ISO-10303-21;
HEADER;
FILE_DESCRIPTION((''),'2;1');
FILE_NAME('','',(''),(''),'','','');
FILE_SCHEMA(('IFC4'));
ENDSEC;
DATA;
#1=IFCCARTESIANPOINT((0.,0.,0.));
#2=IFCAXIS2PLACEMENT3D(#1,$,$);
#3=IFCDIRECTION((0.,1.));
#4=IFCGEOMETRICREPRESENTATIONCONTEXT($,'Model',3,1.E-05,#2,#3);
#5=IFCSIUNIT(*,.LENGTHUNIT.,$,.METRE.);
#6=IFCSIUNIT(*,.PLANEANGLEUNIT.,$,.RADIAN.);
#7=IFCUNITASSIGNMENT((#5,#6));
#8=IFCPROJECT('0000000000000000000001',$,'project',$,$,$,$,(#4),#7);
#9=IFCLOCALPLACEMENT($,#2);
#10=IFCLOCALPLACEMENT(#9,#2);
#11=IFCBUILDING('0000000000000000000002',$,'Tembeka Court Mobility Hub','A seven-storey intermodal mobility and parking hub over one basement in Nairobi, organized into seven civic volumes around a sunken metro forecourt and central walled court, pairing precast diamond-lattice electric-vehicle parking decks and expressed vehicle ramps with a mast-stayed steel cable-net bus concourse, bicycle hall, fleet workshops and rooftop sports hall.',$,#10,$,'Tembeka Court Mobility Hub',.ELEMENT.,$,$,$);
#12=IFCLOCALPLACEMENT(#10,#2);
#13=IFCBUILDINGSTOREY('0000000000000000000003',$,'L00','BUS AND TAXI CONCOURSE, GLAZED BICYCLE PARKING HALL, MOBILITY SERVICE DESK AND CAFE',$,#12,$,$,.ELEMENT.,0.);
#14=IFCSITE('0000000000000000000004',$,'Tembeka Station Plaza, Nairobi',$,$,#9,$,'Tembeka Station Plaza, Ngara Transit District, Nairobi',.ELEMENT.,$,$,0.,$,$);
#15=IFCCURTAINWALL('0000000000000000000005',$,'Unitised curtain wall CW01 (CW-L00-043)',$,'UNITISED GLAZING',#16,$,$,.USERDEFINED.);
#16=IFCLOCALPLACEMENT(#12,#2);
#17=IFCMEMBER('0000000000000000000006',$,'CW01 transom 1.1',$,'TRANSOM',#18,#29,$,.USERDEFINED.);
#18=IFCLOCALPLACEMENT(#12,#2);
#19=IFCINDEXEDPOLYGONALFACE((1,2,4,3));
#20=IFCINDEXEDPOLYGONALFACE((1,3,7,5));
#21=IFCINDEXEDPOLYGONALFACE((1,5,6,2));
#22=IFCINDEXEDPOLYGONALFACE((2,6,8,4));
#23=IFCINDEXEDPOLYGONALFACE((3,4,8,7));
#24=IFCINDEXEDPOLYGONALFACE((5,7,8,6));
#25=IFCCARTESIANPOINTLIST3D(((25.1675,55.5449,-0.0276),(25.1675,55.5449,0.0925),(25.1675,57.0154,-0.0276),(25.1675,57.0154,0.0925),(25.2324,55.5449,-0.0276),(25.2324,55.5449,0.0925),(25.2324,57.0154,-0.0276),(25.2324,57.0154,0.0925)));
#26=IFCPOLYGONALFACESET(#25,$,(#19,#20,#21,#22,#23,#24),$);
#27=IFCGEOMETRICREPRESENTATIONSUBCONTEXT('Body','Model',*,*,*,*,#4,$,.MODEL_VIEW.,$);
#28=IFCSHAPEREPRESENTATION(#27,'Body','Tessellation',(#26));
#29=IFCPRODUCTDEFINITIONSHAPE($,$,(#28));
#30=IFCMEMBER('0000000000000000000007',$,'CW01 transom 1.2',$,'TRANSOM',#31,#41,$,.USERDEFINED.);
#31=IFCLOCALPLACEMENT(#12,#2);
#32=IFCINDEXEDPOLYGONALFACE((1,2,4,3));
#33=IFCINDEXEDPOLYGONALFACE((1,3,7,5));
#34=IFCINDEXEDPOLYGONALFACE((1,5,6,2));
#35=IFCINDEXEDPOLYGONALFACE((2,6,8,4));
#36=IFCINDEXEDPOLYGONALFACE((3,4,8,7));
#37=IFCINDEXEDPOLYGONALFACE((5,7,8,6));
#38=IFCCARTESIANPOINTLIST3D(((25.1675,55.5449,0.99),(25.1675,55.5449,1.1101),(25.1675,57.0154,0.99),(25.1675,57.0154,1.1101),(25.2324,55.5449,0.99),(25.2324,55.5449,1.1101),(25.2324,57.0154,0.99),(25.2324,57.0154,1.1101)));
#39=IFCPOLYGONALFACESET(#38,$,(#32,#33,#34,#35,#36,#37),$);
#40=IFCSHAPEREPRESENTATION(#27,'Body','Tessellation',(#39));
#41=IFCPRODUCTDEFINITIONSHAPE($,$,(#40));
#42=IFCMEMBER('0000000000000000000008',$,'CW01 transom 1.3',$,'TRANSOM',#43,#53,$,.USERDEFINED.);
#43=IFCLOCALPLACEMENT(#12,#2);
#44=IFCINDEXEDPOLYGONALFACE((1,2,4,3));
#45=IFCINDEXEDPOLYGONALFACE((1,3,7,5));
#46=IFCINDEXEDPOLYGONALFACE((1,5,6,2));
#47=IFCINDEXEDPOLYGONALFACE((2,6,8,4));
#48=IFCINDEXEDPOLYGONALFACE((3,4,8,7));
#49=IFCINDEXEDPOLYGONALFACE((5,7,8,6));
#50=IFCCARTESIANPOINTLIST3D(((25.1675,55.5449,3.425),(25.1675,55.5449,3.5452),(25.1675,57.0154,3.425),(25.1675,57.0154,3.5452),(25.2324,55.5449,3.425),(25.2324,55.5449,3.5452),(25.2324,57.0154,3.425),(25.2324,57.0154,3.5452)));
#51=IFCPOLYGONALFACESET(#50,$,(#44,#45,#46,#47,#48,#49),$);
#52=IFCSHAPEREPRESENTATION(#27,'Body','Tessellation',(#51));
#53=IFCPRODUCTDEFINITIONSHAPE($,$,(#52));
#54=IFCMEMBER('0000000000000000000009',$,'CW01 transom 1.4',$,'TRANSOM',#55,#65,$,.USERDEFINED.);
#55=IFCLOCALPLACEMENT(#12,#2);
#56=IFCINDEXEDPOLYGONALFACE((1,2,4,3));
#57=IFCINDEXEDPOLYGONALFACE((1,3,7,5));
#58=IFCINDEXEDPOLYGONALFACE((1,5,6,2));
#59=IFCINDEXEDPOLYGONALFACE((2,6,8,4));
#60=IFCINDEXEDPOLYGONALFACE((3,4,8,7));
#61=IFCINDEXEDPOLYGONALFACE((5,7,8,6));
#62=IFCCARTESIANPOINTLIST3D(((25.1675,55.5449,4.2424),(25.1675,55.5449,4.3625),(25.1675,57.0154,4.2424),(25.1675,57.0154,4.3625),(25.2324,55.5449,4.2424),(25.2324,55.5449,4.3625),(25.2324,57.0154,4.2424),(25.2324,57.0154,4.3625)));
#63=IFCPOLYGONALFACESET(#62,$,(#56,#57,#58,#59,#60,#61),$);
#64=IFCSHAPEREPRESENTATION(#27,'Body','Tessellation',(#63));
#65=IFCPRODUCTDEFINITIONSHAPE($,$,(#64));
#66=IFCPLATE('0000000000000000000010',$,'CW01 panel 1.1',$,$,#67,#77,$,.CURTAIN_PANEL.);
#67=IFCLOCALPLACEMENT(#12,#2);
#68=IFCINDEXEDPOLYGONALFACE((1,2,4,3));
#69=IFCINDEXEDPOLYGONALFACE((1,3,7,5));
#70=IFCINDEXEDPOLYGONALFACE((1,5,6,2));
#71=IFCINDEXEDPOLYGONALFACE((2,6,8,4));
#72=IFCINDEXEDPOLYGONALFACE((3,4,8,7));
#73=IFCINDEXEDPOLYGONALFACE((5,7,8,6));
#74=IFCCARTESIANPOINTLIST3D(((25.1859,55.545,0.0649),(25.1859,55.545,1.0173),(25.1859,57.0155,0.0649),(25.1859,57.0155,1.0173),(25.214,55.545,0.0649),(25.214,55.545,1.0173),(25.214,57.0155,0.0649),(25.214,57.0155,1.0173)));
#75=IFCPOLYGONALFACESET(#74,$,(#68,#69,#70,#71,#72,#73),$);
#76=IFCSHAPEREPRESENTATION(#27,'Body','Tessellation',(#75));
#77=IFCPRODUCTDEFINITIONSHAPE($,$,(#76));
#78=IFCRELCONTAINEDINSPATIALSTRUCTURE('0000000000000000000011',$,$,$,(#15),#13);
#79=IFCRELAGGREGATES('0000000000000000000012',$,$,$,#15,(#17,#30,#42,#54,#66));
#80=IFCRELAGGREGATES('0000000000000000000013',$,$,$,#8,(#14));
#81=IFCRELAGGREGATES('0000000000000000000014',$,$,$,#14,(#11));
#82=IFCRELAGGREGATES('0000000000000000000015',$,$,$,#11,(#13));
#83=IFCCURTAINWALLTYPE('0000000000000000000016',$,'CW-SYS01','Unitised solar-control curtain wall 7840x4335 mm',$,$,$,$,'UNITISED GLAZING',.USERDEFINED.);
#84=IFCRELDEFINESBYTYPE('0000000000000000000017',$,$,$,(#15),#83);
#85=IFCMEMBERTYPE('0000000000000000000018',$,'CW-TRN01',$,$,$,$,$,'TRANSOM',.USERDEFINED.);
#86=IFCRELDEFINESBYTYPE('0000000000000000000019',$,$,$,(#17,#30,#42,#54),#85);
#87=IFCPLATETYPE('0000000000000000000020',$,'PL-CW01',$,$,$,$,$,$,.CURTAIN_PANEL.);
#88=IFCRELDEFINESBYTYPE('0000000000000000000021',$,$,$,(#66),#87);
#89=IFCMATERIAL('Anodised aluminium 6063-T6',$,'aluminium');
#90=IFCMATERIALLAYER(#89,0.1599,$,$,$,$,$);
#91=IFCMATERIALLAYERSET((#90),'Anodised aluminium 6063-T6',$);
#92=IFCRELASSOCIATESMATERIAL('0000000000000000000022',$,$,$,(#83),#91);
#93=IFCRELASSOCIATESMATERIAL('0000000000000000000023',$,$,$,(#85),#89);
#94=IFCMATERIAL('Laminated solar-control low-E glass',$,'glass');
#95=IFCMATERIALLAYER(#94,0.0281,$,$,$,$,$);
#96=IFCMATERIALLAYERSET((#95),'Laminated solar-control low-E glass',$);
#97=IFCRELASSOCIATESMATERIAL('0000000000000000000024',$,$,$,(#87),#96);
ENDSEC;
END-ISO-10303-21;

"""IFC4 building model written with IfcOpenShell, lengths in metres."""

from ifc_helpers import new_model, si_unit, direction, frame, origin, origin_2d, place, context, subcontext, project, spatial, rectangle, extrude, material, layer, layer_set, material_profile, profile_set, type_object, element, aggregate, save


model = new_model("IFC4")

# Units and contexts
model_context = context("Model", 3, precision=1e-05, world=origin(), true_north=direction((0.0, 1.0)))
body_context = subcontext(model_context, "Body", "Model", "MODEL_VIEW")
ifc_project = project(units=[si_unit("LENGTHUNIT", "METRE"), si_unit("PLANEANGLEUNIT", "RADIAN")], contexts=[model_context])

# Site, building, storey
site_placement = place(None, origin())
site = spatial("IfcSite", under=ifc_project, at=site_placement, Name="Tembeka Station Plaza, Nairobi", LongName="Tembeka Station Plaza, Ngara Transit District, Nairobi", CompositionType="ELEMENT", RefElevation=0.0)
building_placement = place(site_placement, origin())
building = spatial("IfcBuilding", under=site, at=building_placement, Name="Tembeka Court Mobility Hub", Description="A seven-storey intermodal mobility and parking hub over one basement in Nairobi, organized into seven civic volumes around a sunken metro forecourt and central walled court, pairing precast diamond-lattice electric-vehicle parking decks and expressed vehicle ramps with a mast-stayed steel cable-net bus concourse, bicycle hall, fleet workshops and rooftop sports hall.", LongName="Tembeka Court Mobility Hub", CompositionType="ELEMENT")
storey_placement = place(building_placement, origin())
storey = spatial("IfcBuildingStorey", under=building, at=storey_placement, Name="L00", Description="BUS AND TAXI CONCOURSE, GLAZED BICYCLE PARKING HALL, MOBILITY SERVICE DESK AND CAFE", CompositionType="ELEMENT", Elevation=0.0)

# Curtain wall, members, plate
ifc_material_1 = material(Name="Anodised aluminium 6063-T6", Category="aluminium")
ifc_layer_1 = layer(ifc_material_1, 0.1599)
ifc_layer_set_1 = layer_set([ifc_layer_1], Name="Anodised aluminium 6063-T6")
curtain_wall_type = type_object("IfcCurtainWallType", Name="CW-SYS01", Description="Unitised solar-control curtain wall 7840x4335 mm", ElementType="UNITISED GLAZING", PredefinedType="USERDEFINED", material=ifc_layer_set_1)
curtain_wall_placement = place(storey_placement, origin())
curtain_wall = element("IfcCurtainWall", 1, at=curtain_wall_placement, inside=storey, type_object=curtain_wall_type, Name="Unitised curtain wall CW01 (CW-L00-043)", ObjectType="UNITISED GLAZING", PredefinedType="USERDEFINED")
ifc_material_profile_1 = material_profile(ifc_material_1, rectangle(XDim=0.0649, YDim=0.1201, at=origin_2d()), Name="ALU-TRN 65x120")
ifc_profile_set_1 = profile_set([ifc_material_profile_1], Name="Anodised aluminium 6063-T6")
member_type_1 = type_object("IfcMemberType", Name="CW-TRN01", ElementType="TRANSOM", PredefinedType="USERDEFINED", material=ifc_profile_set_1)
member_1_placement = place(storey_placement, frame((25.2, 55.5449, 0.0325), z_axis=(0.0, 1.0, 0.0), x_axis=(-1.0, 0.0, 0.0)))
member_1 = element("IfcMember", 2, at=member_1_placement, type_object=member_type_1, Name="CW01 transom 1.1", ObjectType="TRANSOM", PredefinedType="USERDEFINED", context=body_context, shape_type="SweptSolid", body=[
    extrude(rectangle(XDim=0.0649, YDim=0.1201, at=origin_2d()), origin(), (0.0, 0.0, 1.0), 1.4705),
])
member_2_placement = place(storey_placement, frame((25.2, 55.5449, 1.05), z_axis=(0.0, 1.0, 0.0), x_axis=(-1.0, 0.0, 0.0)))
member_2 = element("IfcMember", 3, at=member_2_placement, type_object=member_type_1, Name="CW01 transom 1.2", ObjectType="TRANSOM", PredefinedType="USERDEFINED", context=body_context, shape_type="SweptSolid", body=[
    extrude(rectangle(XDim=0.0649, YDim=0.1201, at=origin_2d()), origin(), (0.0, 0.0, 1.0), 1.4705),
])
member_3_placement = place(storey_placement, frame((25.2, 55.5449, 3.4851), z_axis=(0.0, 1.0, 0.0), x_axis=(-1.0, 0.0, 0.0)))
member_3 = element("IfcMember", 4, at=member_3_placement, type_object=member_type_1, Name="CW01 transom 1.3", ObjectType="TRANSOM", PredefinedType="USERDEFINED", context=body_context, shape_type="SweptSolid", body=[
    extrude(rectangle(XDim=0.0649, YDim=0.1201, at=origin_2d()), origin(), (0.0, 0.0, 1.0), 1.4705),
])
member_4_placement = place(storey_placement, frame((25.2, 55.5449, 4.3025), z_axis=(0.0, 1.0, 0.0), x_axis=(-1.0, 0.0, 0.0)))
member_4 = element("IfcMember", 5, at=member_4_placement, type_object=member_type_1, Name="CW01 transom 1.4", ObjectType="TRANSOM", PredefinedType="USERDEFINED", context=body_context, shape_type="SweptSolid", body=[
    extrude(rectangle(XDim=0.0649, YDim=0.1201, at=origin_2d()), origin(), (0.0, 0.0, 1.0), 1.4705),
])
ifc_material_2 = material(Name="Laminated solar-control low-E glass", Category="glass")
ifc_layer_2 = layer(ifc_material_2, 0.0281)
ifc_layer_set_2 = layer_set([ifc_layer_2], Name="Laminated solar-control low-E glass")
plate_type = type_object("IfcPlateType", Name="PL-CW01", PredefinedType="CURTAIN_PANEL", material=ifc_layer_set_2)
plate_placement = place(storey_placement, frame((25.2, 56.2803, 0.0649), z_axis=(0.0, 0.0, 1.0), x_axis=(0.0, 1.0, 0.0)))
plate = element("IfcPlate", 6, at=plate_placement, type_object=plate_type, Name="CW01 panel 1.1", PredefinedType="CURTAIN_PANEL", context=body_context, shape_type="SweptSolid", body=[
    extrude(rectangle(XDim=1.4705, YDim=0.0281, at=origin_2d()), origin(), (0.0, 0.0, 1.0), 0.9524),
])
aggregate(curtain_wall, [member_1, member_2, member_3, member_4, plate])

save(model, "model.ifc")
